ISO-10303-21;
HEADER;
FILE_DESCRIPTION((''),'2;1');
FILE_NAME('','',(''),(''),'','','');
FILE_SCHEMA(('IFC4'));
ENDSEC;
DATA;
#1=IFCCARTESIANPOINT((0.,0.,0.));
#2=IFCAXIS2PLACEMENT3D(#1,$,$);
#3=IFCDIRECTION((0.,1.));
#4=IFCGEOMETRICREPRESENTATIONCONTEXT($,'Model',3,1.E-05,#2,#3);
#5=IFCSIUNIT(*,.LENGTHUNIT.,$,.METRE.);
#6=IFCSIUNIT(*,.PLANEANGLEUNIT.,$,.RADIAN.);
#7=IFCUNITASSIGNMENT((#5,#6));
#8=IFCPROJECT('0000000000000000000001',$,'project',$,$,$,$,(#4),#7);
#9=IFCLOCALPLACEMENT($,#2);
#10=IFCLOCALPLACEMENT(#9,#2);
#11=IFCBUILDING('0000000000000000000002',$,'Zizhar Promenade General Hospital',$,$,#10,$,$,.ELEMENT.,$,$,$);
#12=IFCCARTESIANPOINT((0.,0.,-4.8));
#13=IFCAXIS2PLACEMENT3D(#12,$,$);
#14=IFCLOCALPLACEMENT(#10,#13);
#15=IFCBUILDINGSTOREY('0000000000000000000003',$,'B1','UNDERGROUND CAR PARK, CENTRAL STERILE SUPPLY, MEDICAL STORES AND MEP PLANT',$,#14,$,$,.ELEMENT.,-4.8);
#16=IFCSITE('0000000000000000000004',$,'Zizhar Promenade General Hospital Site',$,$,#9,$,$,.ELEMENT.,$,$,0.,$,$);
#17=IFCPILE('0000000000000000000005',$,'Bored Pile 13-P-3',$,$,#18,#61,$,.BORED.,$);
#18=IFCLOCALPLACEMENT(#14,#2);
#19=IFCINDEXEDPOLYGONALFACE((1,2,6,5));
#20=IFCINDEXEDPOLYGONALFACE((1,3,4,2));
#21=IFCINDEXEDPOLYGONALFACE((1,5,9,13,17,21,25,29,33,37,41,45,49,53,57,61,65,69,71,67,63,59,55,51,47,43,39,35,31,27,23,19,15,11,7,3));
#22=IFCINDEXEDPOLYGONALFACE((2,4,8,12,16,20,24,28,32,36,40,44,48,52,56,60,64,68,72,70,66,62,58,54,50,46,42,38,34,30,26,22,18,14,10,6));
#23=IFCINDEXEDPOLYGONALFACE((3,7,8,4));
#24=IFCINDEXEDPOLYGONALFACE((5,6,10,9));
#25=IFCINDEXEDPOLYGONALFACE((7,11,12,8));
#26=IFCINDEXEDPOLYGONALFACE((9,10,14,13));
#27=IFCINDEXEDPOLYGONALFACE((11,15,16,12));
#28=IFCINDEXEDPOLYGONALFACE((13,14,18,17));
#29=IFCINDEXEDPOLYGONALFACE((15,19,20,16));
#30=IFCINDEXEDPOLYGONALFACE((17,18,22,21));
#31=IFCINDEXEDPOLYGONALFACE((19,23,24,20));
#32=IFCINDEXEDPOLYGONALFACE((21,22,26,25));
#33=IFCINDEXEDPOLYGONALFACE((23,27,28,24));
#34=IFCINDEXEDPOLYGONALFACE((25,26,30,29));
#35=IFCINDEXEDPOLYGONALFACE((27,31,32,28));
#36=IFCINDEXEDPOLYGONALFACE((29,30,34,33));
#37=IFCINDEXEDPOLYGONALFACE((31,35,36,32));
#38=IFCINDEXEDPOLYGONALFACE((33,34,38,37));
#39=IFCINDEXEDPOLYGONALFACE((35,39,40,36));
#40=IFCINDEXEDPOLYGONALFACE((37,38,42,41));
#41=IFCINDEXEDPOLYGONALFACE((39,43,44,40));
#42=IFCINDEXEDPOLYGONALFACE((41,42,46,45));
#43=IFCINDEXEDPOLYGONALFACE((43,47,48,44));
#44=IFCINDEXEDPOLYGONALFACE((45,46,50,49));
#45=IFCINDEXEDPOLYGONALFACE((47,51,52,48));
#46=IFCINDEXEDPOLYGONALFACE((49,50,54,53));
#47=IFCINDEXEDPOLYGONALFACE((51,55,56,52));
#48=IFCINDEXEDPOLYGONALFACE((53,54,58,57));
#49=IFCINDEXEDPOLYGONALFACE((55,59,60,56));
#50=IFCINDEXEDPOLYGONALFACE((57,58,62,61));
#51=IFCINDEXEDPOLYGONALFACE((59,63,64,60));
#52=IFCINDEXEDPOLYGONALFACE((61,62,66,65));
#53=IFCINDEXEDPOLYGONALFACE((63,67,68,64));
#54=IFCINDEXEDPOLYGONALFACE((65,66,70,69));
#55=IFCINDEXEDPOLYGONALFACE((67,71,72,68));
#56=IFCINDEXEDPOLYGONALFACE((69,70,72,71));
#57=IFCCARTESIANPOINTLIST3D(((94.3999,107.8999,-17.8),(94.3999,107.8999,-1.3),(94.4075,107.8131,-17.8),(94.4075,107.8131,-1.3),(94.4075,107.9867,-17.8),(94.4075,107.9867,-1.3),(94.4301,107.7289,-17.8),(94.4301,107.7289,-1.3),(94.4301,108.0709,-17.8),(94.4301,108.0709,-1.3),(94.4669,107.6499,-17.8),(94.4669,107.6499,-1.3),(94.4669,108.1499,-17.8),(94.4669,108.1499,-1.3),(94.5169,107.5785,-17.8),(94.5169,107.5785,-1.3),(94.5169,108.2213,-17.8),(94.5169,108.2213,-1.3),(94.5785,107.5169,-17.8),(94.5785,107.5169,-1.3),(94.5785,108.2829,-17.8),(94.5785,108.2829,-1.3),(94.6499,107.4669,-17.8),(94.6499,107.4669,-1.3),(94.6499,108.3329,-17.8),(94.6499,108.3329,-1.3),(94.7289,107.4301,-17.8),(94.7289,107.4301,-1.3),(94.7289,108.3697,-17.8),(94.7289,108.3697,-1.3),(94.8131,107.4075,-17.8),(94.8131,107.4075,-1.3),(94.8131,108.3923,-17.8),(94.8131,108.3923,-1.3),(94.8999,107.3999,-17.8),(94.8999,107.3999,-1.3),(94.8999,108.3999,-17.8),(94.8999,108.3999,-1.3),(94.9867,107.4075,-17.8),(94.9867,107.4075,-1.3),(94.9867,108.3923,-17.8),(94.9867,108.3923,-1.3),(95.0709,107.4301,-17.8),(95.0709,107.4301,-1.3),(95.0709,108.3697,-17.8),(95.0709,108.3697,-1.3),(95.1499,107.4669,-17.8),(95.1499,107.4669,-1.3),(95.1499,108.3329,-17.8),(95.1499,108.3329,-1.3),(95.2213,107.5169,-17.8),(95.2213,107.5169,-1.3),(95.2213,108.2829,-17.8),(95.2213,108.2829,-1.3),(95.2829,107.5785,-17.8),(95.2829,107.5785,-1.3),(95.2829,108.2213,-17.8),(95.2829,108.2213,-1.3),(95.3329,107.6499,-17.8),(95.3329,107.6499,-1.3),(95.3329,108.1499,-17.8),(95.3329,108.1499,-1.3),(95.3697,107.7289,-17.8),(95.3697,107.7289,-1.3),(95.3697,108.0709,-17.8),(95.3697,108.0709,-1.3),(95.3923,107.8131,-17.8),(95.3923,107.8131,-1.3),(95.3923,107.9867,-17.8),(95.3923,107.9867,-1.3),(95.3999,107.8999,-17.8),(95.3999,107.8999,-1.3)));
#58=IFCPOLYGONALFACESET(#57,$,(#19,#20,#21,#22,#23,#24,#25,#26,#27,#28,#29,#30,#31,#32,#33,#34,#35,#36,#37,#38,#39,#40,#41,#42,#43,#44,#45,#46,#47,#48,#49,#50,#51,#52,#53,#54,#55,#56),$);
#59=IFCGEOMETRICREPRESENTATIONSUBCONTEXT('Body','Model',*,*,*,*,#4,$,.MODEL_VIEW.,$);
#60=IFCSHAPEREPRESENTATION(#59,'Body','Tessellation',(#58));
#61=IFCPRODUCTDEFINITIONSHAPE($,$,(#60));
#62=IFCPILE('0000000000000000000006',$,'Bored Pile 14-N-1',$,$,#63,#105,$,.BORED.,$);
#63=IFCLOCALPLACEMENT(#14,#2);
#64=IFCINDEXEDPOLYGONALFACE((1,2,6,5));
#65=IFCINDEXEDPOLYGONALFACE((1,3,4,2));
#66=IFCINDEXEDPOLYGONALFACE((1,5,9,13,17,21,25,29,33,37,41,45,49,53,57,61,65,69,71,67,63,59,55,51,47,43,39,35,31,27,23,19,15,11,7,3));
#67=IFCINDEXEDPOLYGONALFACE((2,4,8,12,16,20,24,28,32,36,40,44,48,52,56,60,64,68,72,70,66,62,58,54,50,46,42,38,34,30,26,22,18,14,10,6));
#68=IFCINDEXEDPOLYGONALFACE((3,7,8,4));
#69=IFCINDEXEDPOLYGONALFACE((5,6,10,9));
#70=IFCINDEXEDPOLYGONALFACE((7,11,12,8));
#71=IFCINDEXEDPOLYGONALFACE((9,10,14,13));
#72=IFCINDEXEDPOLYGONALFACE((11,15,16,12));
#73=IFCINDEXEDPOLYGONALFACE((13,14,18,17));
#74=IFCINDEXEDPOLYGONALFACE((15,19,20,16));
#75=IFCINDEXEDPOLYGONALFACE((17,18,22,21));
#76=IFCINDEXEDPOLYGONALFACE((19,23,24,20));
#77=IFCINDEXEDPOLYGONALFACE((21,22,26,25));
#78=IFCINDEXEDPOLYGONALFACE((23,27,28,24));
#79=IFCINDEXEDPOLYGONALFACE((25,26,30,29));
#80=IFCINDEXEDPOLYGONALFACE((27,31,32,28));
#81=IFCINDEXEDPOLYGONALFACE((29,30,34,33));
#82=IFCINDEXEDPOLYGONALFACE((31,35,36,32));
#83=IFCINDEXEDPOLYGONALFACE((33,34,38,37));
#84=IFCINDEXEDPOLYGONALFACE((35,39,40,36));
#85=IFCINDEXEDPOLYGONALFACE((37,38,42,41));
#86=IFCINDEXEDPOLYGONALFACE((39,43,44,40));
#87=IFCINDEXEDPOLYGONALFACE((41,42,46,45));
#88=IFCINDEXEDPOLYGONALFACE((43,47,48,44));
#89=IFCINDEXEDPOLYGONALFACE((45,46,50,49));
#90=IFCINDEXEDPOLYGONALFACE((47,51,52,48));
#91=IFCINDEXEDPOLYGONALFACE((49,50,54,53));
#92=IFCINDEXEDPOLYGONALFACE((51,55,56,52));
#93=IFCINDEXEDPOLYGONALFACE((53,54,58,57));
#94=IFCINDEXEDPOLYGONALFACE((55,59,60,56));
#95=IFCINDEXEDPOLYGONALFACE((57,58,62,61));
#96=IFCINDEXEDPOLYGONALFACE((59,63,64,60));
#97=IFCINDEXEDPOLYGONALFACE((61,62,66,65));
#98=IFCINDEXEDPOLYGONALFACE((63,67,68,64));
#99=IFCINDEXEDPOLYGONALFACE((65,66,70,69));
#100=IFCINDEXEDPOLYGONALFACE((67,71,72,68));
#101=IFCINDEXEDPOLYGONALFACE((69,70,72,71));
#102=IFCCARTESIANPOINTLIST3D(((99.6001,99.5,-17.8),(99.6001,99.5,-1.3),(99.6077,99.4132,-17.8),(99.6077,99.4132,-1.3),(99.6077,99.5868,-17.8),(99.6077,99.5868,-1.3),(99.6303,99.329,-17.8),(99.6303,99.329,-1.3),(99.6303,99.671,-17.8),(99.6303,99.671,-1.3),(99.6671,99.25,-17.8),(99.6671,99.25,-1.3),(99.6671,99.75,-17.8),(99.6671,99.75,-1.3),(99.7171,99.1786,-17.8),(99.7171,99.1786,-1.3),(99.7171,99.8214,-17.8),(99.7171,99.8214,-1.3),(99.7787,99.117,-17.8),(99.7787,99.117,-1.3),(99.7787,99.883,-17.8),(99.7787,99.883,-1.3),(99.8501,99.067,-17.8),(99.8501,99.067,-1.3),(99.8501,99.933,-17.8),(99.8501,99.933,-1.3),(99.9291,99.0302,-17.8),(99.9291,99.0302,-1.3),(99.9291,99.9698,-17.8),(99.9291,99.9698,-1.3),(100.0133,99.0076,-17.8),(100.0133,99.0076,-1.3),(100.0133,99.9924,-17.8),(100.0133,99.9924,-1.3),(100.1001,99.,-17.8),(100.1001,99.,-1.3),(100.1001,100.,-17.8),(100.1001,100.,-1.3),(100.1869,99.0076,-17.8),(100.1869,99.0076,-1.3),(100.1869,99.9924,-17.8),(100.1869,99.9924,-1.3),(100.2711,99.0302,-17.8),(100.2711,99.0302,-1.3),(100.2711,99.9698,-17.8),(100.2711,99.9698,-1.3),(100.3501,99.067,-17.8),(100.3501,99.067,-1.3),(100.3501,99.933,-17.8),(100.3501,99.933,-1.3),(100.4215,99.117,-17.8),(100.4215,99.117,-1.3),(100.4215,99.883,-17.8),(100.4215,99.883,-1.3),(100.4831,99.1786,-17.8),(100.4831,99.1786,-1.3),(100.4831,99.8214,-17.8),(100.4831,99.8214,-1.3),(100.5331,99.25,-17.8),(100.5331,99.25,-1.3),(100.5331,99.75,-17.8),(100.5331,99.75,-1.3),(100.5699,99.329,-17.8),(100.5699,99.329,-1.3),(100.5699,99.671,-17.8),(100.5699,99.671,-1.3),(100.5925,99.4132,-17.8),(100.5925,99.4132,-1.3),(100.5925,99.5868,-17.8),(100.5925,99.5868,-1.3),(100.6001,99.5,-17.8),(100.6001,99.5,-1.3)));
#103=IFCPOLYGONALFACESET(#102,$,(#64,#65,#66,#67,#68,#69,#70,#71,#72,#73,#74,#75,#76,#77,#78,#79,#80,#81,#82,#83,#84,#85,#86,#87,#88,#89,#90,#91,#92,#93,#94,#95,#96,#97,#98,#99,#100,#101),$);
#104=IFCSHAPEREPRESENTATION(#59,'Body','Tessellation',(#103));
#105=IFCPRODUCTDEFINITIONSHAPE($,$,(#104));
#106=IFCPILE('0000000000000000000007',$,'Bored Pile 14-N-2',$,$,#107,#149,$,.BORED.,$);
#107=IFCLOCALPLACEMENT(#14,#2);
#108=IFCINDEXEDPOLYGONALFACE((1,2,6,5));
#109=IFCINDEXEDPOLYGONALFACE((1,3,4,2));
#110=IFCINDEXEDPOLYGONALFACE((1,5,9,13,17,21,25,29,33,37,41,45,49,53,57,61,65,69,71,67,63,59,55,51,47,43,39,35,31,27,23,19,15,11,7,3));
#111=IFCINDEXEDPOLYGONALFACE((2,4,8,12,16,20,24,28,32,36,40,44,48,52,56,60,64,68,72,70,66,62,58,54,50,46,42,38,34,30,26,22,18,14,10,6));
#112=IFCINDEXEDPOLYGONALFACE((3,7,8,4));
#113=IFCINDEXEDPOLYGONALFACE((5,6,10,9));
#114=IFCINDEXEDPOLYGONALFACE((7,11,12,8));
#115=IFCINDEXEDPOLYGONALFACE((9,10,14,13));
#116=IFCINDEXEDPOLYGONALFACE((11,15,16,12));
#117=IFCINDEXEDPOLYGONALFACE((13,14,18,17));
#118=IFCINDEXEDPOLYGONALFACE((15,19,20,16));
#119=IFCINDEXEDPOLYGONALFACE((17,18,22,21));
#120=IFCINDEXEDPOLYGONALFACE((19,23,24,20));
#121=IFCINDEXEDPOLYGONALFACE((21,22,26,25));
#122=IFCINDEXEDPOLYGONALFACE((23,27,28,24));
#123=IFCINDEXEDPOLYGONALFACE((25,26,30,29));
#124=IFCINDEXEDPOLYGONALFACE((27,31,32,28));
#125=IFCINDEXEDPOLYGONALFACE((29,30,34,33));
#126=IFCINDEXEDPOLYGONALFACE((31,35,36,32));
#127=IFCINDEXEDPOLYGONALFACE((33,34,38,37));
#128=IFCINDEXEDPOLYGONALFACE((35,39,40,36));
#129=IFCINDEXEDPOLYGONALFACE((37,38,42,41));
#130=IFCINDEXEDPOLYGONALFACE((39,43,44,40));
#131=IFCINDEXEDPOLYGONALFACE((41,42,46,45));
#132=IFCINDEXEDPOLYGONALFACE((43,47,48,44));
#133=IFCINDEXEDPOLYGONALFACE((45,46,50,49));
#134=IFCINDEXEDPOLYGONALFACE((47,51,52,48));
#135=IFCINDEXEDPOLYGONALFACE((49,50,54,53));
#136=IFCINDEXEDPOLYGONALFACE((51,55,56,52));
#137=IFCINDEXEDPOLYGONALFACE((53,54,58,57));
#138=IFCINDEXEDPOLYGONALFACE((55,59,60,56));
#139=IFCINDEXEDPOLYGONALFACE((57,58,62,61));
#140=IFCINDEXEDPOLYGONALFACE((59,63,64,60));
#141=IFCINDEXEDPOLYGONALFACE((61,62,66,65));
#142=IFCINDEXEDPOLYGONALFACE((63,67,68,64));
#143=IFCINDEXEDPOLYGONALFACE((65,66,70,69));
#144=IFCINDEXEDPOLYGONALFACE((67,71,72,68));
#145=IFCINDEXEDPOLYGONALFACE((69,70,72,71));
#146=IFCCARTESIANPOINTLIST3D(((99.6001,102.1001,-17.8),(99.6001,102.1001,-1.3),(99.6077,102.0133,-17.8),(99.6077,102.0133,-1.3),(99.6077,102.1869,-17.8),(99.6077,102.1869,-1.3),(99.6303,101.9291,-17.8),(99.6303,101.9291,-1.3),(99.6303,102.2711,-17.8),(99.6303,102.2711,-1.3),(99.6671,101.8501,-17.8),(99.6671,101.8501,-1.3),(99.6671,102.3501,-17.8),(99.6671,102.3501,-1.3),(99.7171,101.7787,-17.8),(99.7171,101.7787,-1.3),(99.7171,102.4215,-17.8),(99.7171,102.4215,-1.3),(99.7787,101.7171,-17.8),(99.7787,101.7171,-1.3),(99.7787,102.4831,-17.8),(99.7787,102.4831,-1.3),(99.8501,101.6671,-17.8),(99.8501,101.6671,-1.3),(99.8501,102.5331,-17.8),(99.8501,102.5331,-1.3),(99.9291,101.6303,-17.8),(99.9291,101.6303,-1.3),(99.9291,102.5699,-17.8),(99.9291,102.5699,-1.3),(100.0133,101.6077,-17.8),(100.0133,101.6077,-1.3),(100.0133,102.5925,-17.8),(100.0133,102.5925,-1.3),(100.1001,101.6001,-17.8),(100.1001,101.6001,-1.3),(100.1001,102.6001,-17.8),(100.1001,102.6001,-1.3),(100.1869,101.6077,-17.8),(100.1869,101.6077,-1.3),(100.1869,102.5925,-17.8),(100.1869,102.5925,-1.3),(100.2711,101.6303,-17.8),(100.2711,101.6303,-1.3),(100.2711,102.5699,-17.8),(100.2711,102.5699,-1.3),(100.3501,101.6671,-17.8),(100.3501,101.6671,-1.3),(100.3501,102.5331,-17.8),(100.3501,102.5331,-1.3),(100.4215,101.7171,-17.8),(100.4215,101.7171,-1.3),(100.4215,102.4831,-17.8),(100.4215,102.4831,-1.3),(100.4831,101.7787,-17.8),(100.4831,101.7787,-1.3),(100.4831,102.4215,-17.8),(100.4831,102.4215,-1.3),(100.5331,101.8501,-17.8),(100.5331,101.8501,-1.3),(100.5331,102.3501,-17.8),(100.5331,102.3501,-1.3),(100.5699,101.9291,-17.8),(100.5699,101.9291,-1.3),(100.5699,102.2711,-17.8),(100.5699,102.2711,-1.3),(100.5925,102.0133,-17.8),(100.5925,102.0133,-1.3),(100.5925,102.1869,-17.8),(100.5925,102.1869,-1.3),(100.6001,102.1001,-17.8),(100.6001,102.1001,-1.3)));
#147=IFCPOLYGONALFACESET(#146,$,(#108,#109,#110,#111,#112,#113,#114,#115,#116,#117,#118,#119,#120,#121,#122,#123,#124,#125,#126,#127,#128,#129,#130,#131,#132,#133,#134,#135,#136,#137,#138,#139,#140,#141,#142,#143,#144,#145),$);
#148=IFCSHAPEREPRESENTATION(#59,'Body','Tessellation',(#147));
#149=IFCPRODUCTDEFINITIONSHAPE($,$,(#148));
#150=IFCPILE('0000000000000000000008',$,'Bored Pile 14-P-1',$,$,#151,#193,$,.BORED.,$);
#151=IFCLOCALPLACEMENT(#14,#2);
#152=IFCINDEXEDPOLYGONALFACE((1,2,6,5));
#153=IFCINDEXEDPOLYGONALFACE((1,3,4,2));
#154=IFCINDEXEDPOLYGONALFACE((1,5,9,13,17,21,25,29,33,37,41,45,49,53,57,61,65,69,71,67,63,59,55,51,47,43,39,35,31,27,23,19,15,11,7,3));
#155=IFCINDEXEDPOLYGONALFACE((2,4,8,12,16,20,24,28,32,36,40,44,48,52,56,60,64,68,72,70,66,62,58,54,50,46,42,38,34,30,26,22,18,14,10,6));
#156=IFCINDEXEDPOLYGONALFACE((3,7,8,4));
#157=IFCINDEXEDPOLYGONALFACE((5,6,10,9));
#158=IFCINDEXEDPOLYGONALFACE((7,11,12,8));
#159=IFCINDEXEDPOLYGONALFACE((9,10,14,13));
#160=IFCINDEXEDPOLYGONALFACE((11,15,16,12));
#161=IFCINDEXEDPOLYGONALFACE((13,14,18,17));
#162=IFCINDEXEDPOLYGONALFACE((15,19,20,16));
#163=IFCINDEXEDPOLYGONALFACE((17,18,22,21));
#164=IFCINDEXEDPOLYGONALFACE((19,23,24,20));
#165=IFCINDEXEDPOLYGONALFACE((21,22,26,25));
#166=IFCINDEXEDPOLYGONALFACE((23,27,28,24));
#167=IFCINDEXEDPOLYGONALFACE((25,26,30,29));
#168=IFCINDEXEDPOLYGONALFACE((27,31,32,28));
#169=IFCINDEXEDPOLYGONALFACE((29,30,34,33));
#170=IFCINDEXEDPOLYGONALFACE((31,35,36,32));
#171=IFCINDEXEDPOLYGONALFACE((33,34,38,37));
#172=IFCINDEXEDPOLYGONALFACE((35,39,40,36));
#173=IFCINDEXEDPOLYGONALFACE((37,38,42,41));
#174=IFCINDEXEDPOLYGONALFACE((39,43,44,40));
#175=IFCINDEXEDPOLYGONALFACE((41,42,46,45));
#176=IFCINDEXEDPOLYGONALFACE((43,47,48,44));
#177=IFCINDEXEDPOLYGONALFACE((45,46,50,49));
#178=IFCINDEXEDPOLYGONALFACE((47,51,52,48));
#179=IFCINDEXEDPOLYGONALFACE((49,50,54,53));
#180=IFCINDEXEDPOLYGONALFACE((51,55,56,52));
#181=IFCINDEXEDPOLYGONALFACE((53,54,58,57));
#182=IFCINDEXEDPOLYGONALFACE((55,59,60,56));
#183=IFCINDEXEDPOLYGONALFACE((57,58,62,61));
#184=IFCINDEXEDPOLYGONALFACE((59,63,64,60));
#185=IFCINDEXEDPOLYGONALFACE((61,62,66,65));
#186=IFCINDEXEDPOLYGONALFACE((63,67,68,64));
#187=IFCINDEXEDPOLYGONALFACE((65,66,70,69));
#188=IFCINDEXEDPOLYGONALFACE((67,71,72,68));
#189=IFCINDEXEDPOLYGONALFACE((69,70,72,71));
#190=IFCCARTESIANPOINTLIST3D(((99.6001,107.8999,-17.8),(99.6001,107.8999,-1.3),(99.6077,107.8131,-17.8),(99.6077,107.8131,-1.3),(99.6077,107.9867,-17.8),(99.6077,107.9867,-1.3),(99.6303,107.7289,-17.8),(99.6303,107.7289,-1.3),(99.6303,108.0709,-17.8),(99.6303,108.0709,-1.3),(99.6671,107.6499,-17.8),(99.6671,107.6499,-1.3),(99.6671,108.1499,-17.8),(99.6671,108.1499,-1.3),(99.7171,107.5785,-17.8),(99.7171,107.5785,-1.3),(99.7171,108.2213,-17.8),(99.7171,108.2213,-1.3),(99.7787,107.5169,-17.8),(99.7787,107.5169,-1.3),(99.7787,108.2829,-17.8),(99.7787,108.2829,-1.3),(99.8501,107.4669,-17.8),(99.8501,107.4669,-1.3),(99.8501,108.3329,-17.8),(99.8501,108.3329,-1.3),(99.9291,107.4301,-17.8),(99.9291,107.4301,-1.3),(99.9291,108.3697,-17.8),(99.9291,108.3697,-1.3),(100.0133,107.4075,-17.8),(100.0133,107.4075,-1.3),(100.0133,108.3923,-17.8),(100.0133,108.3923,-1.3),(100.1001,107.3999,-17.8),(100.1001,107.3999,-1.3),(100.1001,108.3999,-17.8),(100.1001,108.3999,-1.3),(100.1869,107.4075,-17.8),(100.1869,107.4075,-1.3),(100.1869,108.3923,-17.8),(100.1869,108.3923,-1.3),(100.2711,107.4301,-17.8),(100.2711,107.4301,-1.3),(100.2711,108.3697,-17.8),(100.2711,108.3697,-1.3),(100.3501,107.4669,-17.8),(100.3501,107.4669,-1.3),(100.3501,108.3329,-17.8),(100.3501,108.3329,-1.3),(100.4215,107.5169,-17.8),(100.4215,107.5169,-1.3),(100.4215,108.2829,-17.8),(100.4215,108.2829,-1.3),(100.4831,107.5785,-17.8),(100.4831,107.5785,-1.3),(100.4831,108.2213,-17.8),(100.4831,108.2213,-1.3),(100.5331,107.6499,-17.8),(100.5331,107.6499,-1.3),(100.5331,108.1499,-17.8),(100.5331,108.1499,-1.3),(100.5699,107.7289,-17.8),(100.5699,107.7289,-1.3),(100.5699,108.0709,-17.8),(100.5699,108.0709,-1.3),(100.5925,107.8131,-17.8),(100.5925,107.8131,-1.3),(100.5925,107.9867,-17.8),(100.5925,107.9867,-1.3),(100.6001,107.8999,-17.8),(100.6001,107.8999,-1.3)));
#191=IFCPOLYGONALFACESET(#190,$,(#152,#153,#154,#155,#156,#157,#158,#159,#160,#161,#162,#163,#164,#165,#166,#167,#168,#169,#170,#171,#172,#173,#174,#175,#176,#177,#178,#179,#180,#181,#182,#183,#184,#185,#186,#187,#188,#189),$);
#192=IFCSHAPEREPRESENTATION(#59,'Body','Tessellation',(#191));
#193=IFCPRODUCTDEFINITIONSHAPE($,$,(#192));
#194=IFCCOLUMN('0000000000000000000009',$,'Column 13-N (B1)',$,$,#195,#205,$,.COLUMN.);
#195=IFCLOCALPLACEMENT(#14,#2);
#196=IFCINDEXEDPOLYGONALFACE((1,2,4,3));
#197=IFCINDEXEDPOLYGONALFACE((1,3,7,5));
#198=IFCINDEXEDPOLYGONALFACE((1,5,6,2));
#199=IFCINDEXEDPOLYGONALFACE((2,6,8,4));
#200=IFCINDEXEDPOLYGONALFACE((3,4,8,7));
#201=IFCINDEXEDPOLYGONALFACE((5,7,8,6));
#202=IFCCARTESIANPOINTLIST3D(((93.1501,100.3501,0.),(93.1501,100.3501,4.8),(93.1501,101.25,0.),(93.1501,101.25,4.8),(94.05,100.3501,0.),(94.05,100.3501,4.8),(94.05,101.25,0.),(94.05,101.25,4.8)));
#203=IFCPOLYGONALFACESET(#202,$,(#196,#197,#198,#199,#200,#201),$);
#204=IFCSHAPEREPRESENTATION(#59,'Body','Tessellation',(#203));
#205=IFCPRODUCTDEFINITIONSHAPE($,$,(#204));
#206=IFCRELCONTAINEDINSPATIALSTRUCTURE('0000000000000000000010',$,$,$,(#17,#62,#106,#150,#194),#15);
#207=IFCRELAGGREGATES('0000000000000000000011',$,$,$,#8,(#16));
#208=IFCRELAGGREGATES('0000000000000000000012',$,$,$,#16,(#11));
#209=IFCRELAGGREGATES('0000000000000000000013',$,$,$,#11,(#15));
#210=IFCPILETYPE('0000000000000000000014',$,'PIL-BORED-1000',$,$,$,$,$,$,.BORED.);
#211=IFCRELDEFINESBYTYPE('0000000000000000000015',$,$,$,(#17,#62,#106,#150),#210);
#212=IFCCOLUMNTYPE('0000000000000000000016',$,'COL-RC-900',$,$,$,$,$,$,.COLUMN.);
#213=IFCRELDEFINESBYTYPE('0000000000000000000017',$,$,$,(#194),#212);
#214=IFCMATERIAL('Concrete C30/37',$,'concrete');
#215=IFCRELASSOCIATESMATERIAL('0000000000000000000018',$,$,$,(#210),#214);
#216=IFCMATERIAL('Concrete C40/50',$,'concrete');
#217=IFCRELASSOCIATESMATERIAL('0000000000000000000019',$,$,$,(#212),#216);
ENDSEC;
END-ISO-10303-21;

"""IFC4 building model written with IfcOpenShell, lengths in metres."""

from ifc_helpers import new_model, si_unit, direction, frame, origin, origin_2d, place, context, subcontext, project, spatial, rectangle, circle, extrude, material, material_profile, profile_set, type_object, element, save


model = new_model("IFC4")

# Units and contexts
model_context = context("Model", 3, precision=1e-05, world=origin(), true_north=direction((0.0, 1.0)))
body_context = subcontext(model_context, "Body", "Model", "MODEL_VIEW")
ifc_project = project(units=[si_unit("LENGTHUNIT", "METRE"), si_unit("PLANEANGLEUNIT", "RADIAN")], contexts=[model_context])

# Site, building, storey
site_placement = place(None, origin())
site = spatial("IfcSite", under=ifc_project, at=site_placement, Name="Zizhar Promenade General Hospital Site", CompositionType="ELEMENT", RefElevation=0.0)
building_placement = place(site_placement, origin())
building = spatial("IfcBuilding", under=site, at=building_placement, Name="Zizhar Promenade General Hospital", CompositionType="ELEMENT")
storey_placement = place(building_placement, frame((0.0, 0.0, -4.8)))
storey = spatial("IfcBuildingStorey", under=building, at=storey_placement, Name="B1", Description="UNDERGROUND CAR PARK, CENTRAL STERILE SUPPLY, MEDICAL STORES AND MEP PLANT", CompositionType="ELEMENT", Elevation=-4.8)

# Piles
ifc_material_1 = material(Name="Concrete C30/37", Category="concrete")
ifc_material_profile_1 = material_profile(ifc_material_1, circle(Radius=0.5, at=origin_2d()))
ifc_profile_set_1 = profile_set([ifc_material_profile_1], Name="Concrete C30/37")
pile_type = type_object("IfcPileType", Name="PIL-BORED-1000", PredefinedType="BORED", material=ifc_profile_set_1)
for number, where, z_axis, x_axis, name in (
    (1, (94.8999, 107.8999, -1.3), (0.0, 0.0, -1.0), (1.0, 0.0, 0.0), "Bored Pile 13-P-3"),
    (2, (100.1001, 99.5, -1.3), (0.0, 0.0, -1.0), (1.0, 0.0, 0.0), "Bored Pile 14-N-1"),
    (3, (100.1001, 102.1001, -1.3), (0.0, 0.0, -1.0), (1.0, 0.0, 0.0), "Bored Pile 14-N-2"),
    (4, (100.1001, 107.8999, -1.3), (0.0, 0.0, -1.0), (1.0, 0.0, 0.0), "Bored Pile 14-P-1"),
):
    element("IfcPile", number, at=place(storey_placement, frame(where, z_axis=z_axis, x_axis=x_axis)), inside=storey, type_object=pile_type, Name=name, PredefinedType="BORED", context=body_context, shape_type="SweptSolid", body=[
        extrude(circle(Radius=0.5, at=origin_2d()), origin(), (0.0, 0.0, 1.0), 16.5),
    ])

# Column
ifc_material_2 = material(Name="Concrete C40/50", Category="concrete")
ifc_material_profile_2 = material_profile(ifc_material_2, rectangle(XDim=0.8999, YDim=0.8999, at=origin_2d()))
ifc_profile_set_2 = profile_set([ifc_material_profile_2], Name="Concrete C40/50")
column_type = type_object("IfcColumnType", Name="COL-RC-900", PredefinedType="COLUMN", material=ifc_profile_set_2)
for number, where, z_axis, x_axis, name in (
    (5, (93.6001, 100.8, 0.0), (0.0, 0.0, 1.0), (1.0, 0.0, 0.0), "Column 13-N (B1)"),
):
    element("IfcColumn", number, at=place(storey_placement, frame(where, z_axis=z_axis, x_axis=x_axis)), inside=storey, type_object=column_type, Name=name, PredefinedType="COLUMN", context=body_context, shape_type="SweptSolid", body=[
        extrude(rectangle(XDim=0.8999, YDim=0.8999, at=origin_2d()), origin(), (0.0, 0.0, 1.0), 4.8),
    ])

save(model, "model.ifc")
